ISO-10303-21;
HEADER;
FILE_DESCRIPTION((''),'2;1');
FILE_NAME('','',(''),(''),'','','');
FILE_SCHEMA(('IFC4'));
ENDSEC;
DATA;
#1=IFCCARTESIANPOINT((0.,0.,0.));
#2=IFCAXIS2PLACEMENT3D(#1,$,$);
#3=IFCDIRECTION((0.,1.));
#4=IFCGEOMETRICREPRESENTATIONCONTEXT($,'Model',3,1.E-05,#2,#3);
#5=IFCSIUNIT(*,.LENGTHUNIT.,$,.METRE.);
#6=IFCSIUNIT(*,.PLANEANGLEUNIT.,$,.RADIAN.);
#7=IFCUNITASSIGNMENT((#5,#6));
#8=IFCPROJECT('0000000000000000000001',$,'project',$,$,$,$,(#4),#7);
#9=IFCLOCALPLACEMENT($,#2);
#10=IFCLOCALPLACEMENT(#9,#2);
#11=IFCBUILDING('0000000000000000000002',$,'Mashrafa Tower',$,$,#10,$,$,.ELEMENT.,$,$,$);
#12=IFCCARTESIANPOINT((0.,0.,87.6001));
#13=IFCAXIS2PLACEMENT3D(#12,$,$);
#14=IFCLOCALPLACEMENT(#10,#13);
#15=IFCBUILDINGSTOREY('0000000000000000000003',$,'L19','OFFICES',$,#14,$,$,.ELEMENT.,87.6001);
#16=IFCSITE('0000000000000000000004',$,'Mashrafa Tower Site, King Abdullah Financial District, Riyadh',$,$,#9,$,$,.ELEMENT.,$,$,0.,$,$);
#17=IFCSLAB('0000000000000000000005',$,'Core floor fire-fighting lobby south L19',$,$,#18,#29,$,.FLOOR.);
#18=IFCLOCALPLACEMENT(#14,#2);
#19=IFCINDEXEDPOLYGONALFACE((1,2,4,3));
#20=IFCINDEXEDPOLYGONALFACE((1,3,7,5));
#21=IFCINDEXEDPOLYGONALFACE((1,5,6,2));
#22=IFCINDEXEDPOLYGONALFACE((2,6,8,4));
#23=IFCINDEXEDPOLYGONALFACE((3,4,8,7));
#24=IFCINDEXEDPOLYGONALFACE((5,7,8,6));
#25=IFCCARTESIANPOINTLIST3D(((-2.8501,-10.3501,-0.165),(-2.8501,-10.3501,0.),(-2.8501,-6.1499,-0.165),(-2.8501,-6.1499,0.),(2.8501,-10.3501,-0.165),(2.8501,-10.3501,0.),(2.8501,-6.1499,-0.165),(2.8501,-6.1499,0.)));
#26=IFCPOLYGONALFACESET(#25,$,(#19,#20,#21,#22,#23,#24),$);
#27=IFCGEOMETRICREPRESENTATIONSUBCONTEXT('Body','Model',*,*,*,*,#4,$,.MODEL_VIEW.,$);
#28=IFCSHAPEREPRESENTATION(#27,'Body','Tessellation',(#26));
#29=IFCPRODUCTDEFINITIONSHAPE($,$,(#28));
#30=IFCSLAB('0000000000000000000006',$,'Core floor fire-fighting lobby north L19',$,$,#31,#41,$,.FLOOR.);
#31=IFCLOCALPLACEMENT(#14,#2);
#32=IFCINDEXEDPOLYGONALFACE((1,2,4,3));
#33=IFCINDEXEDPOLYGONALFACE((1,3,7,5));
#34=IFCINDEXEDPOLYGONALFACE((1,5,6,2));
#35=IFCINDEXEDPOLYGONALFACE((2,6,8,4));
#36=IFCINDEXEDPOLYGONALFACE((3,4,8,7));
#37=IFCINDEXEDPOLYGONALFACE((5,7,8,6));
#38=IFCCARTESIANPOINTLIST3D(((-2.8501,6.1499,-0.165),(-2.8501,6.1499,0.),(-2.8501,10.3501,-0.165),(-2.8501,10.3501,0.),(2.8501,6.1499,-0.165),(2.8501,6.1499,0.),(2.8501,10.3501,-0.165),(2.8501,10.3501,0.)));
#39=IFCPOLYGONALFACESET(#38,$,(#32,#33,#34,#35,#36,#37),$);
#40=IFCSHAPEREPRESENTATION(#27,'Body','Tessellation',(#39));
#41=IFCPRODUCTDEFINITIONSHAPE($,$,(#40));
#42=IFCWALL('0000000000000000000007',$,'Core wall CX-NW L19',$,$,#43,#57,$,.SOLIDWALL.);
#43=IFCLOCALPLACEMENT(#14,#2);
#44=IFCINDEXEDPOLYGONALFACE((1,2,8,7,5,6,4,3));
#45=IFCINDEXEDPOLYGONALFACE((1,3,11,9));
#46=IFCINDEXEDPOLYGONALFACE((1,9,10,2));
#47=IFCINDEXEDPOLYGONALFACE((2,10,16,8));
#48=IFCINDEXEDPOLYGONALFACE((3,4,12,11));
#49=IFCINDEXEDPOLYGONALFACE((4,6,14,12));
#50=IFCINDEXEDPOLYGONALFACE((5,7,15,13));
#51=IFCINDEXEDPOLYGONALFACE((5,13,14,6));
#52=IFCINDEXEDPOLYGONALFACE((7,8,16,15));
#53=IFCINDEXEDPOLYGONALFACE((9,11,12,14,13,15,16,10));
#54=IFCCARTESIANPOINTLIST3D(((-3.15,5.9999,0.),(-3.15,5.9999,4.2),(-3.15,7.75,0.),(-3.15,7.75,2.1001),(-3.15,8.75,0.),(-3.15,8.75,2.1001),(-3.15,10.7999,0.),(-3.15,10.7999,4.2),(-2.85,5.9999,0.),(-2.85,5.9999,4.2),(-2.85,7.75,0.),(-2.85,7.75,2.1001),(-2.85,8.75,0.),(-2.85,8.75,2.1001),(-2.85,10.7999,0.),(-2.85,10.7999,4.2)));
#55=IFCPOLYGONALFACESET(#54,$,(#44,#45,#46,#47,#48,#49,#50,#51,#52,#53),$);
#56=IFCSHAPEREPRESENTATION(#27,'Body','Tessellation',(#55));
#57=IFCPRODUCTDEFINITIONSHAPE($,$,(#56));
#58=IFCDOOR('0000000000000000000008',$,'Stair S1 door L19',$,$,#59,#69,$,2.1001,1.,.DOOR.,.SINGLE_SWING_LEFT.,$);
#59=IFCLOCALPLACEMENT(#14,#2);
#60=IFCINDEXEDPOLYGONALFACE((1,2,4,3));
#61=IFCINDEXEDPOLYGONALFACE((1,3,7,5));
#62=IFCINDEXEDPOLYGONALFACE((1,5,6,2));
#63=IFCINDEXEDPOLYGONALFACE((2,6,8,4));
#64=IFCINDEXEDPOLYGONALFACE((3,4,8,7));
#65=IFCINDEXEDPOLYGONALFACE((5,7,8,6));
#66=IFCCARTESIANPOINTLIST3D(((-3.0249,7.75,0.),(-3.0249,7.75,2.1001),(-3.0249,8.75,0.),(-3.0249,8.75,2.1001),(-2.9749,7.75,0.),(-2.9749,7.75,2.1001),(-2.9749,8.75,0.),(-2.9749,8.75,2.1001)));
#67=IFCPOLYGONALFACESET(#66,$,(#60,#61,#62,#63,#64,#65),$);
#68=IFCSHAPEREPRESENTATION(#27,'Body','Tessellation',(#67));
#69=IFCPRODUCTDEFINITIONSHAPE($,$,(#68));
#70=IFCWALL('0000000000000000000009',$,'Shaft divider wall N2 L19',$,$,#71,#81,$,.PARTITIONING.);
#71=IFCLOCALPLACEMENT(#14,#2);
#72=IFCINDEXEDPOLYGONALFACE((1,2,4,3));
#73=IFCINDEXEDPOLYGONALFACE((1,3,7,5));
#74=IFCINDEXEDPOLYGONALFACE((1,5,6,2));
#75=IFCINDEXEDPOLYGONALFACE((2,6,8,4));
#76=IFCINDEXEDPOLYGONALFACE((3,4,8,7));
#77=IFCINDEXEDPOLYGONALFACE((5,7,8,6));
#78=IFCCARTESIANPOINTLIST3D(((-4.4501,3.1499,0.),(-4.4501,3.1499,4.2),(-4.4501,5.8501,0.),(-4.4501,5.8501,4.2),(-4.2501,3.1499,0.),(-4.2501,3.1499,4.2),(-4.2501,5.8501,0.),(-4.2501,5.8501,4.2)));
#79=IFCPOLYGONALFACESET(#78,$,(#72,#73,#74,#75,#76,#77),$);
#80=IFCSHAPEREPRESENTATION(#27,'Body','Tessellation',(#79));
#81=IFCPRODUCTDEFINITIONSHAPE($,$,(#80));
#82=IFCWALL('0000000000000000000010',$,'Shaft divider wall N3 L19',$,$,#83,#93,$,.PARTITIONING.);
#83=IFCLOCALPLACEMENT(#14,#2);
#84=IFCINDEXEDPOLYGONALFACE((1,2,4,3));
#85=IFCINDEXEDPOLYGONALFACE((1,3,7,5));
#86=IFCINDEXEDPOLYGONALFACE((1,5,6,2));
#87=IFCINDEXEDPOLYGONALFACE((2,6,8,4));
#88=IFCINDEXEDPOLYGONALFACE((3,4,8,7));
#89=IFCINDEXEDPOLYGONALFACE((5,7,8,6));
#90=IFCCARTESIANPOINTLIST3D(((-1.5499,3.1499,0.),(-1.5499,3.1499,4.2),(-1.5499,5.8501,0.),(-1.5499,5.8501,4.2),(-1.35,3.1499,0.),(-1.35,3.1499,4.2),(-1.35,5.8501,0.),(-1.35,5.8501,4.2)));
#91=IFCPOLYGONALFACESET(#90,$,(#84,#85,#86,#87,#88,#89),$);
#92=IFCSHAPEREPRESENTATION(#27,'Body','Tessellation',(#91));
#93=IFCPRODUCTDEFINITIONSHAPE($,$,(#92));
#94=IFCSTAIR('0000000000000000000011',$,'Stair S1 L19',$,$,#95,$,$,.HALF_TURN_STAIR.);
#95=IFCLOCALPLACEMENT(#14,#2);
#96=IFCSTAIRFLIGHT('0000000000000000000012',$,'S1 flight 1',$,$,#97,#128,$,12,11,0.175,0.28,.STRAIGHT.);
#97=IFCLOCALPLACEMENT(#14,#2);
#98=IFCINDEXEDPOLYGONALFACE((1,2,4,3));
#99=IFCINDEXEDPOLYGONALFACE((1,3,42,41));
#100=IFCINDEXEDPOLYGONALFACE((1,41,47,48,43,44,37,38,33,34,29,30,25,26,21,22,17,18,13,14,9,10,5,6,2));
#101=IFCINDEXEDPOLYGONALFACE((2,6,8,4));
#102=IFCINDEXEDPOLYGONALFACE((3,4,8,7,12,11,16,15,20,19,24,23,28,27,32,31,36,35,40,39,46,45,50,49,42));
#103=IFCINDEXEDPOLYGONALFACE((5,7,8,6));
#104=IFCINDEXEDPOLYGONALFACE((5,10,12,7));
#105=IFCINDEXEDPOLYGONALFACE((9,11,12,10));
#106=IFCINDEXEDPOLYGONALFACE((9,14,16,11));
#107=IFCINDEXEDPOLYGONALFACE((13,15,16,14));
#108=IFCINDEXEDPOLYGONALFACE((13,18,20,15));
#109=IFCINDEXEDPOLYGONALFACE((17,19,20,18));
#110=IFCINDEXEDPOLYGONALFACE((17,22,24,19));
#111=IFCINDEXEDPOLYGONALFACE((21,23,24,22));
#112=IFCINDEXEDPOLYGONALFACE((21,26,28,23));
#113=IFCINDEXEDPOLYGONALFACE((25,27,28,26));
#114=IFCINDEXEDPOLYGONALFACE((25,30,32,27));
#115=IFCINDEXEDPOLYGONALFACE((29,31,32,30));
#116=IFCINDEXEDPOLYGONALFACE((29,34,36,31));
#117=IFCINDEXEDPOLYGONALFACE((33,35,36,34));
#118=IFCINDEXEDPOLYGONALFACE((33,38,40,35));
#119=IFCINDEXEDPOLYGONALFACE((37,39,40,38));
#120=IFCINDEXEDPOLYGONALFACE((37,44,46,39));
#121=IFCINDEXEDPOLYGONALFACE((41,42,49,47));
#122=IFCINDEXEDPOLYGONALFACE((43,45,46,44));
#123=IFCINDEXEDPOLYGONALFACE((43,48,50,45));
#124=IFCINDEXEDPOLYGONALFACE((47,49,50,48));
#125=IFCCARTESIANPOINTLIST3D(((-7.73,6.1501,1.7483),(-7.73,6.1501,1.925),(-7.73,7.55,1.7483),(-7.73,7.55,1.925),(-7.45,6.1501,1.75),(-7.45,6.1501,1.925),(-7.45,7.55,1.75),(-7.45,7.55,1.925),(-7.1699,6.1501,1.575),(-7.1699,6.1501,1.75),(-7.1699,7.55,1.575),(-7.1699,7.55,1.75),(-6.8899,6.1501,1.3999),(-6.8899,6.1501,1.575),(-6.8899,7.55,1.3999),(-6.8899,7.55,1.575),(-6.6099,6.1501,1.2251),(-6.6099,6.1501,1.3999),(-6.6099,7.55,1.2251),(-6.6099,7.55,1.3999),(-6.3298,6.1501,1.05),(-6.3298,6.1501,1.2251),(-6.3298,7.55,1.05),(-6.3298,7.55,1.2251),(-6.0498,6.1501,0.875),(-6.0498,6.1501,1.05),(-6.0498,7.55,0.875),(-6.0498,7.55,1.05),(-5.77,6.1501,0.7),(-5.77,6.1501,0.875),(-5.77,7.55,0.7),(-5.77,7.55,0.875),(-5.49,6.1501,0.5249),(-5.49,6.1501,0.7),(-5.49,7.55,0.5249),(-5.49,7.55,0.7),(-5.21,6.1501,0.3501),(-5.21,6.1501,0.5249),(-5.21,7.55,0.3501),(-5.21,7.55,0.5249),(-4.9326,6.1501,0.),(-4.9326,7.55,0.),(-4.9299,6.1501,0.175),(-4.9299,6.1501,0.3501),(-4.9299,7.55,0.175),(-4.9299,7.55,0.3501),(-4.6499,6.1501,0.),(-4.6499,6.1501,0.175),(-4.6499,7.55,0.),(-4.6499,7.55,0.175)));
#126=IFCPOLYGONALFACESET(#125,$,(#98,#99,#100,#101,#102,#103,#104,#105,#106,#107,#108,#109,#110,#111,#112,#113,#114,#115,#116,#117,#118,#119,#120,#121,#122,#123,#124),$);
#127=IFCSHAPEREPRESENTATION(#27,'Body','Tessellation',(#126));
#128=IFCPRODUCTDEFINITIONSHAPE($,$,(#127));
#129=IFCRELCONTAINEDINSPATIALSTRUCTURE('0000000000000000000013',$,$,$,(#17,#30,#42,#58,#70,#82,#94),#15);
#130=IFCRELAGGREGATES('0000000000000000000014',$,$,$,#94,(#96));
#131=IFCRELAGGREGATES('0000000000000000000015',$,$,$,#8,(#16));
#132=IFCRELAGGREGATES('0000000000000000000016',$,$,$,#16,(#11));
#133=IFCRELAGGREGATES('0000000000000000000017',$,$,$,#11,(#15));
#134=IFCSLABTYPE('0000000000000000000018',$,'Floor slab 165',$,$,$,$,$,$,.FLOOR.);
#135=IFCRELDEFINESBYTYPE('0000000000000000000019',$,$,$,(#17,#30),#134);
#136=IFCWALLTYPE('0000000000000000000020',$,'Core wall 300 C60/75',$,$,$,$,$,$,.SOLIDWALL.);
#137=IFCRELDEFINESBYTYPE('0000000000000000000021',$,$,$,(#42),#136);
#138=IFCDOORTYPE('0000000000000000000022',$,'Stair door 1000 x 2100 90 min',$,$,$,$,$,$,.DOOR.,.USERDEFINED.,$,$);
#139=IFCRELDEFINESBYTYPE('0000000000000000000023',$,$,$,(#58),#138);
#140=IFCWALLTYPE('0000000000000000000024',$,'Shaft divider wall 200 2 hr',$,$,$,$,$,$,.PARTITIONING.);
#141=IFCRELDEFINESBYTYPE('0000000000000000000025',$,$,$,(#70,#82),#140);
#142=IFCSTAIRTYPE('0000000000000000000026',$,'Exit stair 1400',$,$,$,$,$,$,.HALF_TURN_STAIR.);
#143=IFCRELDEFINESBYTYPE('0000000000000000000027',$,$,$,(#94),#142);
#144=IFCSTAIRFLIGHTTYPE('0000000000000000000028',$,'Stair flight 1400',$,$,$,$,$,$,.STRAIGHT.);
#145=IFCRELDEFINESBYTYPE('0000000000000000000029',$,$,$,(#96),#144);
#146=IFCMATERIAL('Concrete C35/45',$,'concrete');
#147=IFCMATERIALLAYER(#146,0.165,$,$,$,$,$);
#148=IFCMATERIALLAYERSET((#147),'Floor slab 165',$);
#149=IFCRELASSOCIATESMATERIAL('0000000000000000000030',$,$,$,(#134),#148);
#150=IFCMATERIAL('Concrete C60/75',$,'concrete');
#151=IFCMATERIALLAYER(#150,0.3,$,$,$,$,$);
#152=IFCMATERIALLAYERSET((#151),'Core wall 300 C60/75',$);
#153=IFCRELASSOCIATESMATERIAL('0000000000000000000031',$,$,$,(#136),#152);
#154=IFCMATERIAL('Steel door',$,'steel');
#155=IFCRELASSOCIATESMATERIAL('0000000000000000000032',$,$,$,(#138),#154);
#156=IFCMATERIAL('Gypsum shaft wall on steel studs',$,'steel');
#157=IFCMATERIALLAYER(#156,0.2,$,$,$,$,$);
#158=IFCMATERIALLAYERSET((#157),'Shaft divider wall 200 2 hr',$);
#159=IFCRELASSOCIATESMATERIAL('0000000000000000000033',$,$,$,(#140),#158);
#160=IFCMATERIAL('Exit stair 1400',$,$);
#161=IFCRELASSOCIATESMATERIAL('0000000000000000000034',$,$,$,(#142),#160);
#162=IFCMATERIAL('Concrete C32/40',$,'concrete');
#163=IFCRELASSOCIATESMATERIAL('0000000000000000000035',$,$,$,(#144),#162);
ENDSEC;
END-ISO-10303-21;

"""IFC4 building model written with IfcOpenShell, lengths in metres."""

from ifc_helpers import new_model, si_unit, direction, frame, frame_2d, origin, place, context, subcontext, project, spatial, polyline, rectangle, outline, extrude, material, layer, layer_set, type_object, element, fill, aggregate, save


model = new_model("IFC4")

# Units and contexts
model_context = context("Model", 3, precision=1e-05, world=origin(), true_north=direction((0.0, 1.0)))
body_context = subcontext(model_context, "Body", "Model", "MODEL_VIEW")
ifc_project = project(units=[si_unit("LENGTHUNIT", "METRE"), si_unit("PLANEANGLEUNIT", "RADIAN")], contexts=[model_context])

# Site, building, storey
site_placement = place(None, origin())
site = spatial("IfcSite", under=ifc_project, at=site_placement, Name="Mashrafa Tower Site, King Abdullah Financial District, Riyadh", CompositionType="ELEMENT", RefElevation=0.0)
building_placement = place(site_placement, origin())
building = spatial("IfcBuilding", under=site, at=building_placement, Name="Mashrafa Tower", CompositionType="ELEMENT")
storey_placement = place(building_placement, frame((0.0, 0.0, 87.6001)))
storey = spatial("IfcBuildingStorey", under=building, at=storey_placement, Name="L19", Description="OFFICES", CompositionType="ELEMENT", Elevation=87.6001)

# Slabs
ifc_material_1 = material(Name="Concrete C35/45", Category="concrete")
ifc_layer_1 = layer(ifc_material_1, 0.165)
ifc_layer_set_1 = layer_set([ifc_layer_1], Name="Floor slab 165")
slab_type = type_object("IfcSlabType", Name="Floor slab 165", PredefinedType="FLOOR", material=ifc_layer_set_1)
slab_1_placement = place(storey_placement, frame((0.0, 0.0, -0.165)))
element("IfcSlab", 1, at=slab_1_placement, inside=storey, type_object=slab_type, Name="Core floor fire-fighting lobby south L19", PredefinedType="FLOOR", context=body_context, shape_type="SweptSolid", body=[
    extrude(outline(polyline([(2.8501, -6.1499), (2.8501, -10.3501), (-2.8501, -10.3501), (-2.8501, -6.1499), (2.8501, -6.1499)])), origin(), (0.0, 0.0, 1.0), 0.165),
])
slab_2_placement = place(storey_placement, frame((0.0, 0.0, -0.165)))
element("IfcSlab", 2, at=slab_2_placement, inside=storey, type_object=slab_type, Name="Core floor fire-fighting lobby north L19", PredefinedType="FLOOR", context=body_context, shape_type="SweptSolid", body=[
    extrude(outline(polyline([(-2.8501, 10.3501), (2.8501, 10.3501), (2.8501, 6.1499), (-2.8501, 6.1499), (-2.8501, 10.3501)])), origin(), (0.0, 0.0, 1.0), 0.165),
])

# Wall, opening, door
ifc_material_2 = material(Name="Concrete C60/75", Category="concrete")
ifc_layer_2 = layer(ifc_material_2, 0.3)
ifc_layer_set_2 = layer_set([ifc_layer_2], Name="Core wall 300 C60/75")
wall_type_1 = type_object("IfcWallType", Name="Core wall 300 C60/75", PredefinedType="SOLIDWALL", material=ifc_layer_set_2)
wall_placement = place(storey_placement, frame((-3.0, 6.0, 0.0), z_axis=(0.0, 0.0, 1.0), x_axis=(0.0, 1.0, 0.0)))
wall = element("IfcWall", 3, at=wall_placement, inside=storey, type_object=wall_type_1, Name="Core wall CX-NW L19", PredefinedType="SOLIDWALL", context=body_context, shape_type="SweptSolid", body=[
    extrude(rectangle(XDim=4.8, YDim=0.3, at=frame_2d((2.3999, 0.0))), origin(), (0.0, 0.0, 1.0), 4.2),
])
opening_placement = place(wall_placement, frame((1.75, 0.0, 0.0)))
opening = element("IfcOpeningElement", 4, at=opening_placement, cuts=wall, PredefinedType="OPENING", context=body_context, shape_type="SweptSolid", body=[
    extrude(rectangle(XDim=1.0, YDim=2.1001, at=frame_2d((0.5, 1.05))), frame((0.0, 0.1599, 0.0), z_axis=(0.0, -1.0, 0.0), x_axis=(1.0, 0.0, 0.0)), (0.0, 0.0, 1.0), 0.3201),
])
ifc_material_3 = material(Name="Steel door", Category="steel")
door_type = type_object("IfcDoorType", Name="Stair door 1000 x 2100 90 min", OperationType="USERDEFINED", PredefinedType="DOOR", material=ifc_material_3)
door_placement = place(opening_placement, origin())
door = element("IfcDoor", 5, at=door_placement, inside=storey, type_object=door_type, Name="Stair S1 door L19", OperationType="SINGLE_SWING_LEFT", OverallHeight=2.1001, OverallWidth=1.0, PredefinedType="DOOR", context=body_context, shape_type="SweptSolid", body=[
    extrude(rectangle(XDim=1.0, YDim=2.1001, at=frame_2d((0.5, 1.05))), frame((0.0, 0.0249, 0.0), z_axis=(0.0, -1.0, 0.0), x_axis=(1.0, 0.0, 0.0)), (0.0, 0.0, 1.0), 0.05),
])
fill(opening, door)

# Walls
ifc_material_4 = material(Name="Gypsum shaft wall on steel studs", Category="steel")
ifc_layer_3 = layer(ifc_material_4, 0.2)
ifc_layer_set_3 = layer_set([ifc_layer_3], Name="Shaft divider wall 200 2 hr")
wall_type_2 = type_object("IfcWallType", Name="Shaft divider wall 200 2 hr", PredefinedType="PARTITIONING", material=ifc_layer_set_3)
for number, where, z_axis, x_axis, name in (
    (6, (-4.3501, 3.1499, 0.0), (0.0, 0.0, 1.0), (0.0, 1.0, 0.0), "Shaft divider wall N2 L19"),
    (7, (-1.45, 3.1499, 0.0), (0.0, 0.0, 1.0), (0.0, 1.0, 0.0), "Shaft divider wall N3 L19"),
):
    element("IfcWall", number, at=place(storey_placement, frame(where, z_axis=z_axis, x_axis=x_axis)), inside=storey, type_object=wall_type_2, Name=name, PredefinedType="PARTITIONING", context=body_context, shape_type="SweptSolid", body=[
        extrude(rectangle(XDim=2.7002, YDim=0.2, at=frame_2d((1.3501, 0.0))), origin(), (0.0, 0.0, 1.0), 4.2),
    ])

# Stair, stair flight
ifc_material_5 = material(Name="Exit stair 1400")
stair_type = type_object("IfcStairType", Name="Exit stair 1400", PredefinedType="HALF_TURN_STAIR", material=ifc_material_5)
stair_placement = place(storey_placement, origin())
stair = element("IfcStair", 8, at=stair_placement, inside=storey, type_object=stair_type, Name="Stair S1 L19", PredefinedType="HALF_TURN_STAIR")
ifc_material_6 = material(Name="Concrete C32/40", Category="concrete")
stair_flight_type = type_object("IfcStairFlightType", Name="Stair flight 1400", PredefinedType="STRAIGHT", material=ifc_material_6)
stair_flight_placement = place(storey_placement, frame((-4.6499, 6.8501, 0.0), z_axis=(0.0, 0.0, 1.0), x_axis=(-1.0, 0.0, 0.0)))
stair_flight = element("IfcStairFlight", 9, at=stair_flight_placement, type_object=stair_flight_type, Name="S1 flight 1", NumberOfRisers=12, NumberOfTreads=11, PredefinedType="STRAIGHT", RiserHeight=0.175, TreadLength=0.28, context=body_context, shape_type="SweptSolid", body=[
    extrude(outline(polyline([(0.0, 0.0), (0.0, 0.175), (0.28, 0.175), (0.28, 0.3501), (0.5601, 0.3501), (0.5601, 0.5249), (0.8401, 0.5249), (0.8401, 0.7), (1.1201, 0.7), (1.1201, 0.875), (1.3999, 0.875), (1.3999, 1.05), (1.6799, 1.05), (1.6799, 1.2251), (1.96, 1.2251), (1.96, 1.3999), (2.24, 1.3999), (2.24, 1.575), (2.52, 1.575), (2.52, 1.75), (2.8, 1.75), (2.8, 1.925), (3.0801, 1.925), (3.0801, 2.1001), (3.0801, 1.7483), (0.2827, 0.0), (0.0, 0.0)])), frame((0.0, 0.7, 0.0), z_axis=(0.0, -1.0, 0.0), x_axis=(1.0, 0.0, 0.0)), (0.0, 0.0, 1.0), 1.3999),
])
aggregate(stair, [stair_flight])

save(model, "model.ifc")
